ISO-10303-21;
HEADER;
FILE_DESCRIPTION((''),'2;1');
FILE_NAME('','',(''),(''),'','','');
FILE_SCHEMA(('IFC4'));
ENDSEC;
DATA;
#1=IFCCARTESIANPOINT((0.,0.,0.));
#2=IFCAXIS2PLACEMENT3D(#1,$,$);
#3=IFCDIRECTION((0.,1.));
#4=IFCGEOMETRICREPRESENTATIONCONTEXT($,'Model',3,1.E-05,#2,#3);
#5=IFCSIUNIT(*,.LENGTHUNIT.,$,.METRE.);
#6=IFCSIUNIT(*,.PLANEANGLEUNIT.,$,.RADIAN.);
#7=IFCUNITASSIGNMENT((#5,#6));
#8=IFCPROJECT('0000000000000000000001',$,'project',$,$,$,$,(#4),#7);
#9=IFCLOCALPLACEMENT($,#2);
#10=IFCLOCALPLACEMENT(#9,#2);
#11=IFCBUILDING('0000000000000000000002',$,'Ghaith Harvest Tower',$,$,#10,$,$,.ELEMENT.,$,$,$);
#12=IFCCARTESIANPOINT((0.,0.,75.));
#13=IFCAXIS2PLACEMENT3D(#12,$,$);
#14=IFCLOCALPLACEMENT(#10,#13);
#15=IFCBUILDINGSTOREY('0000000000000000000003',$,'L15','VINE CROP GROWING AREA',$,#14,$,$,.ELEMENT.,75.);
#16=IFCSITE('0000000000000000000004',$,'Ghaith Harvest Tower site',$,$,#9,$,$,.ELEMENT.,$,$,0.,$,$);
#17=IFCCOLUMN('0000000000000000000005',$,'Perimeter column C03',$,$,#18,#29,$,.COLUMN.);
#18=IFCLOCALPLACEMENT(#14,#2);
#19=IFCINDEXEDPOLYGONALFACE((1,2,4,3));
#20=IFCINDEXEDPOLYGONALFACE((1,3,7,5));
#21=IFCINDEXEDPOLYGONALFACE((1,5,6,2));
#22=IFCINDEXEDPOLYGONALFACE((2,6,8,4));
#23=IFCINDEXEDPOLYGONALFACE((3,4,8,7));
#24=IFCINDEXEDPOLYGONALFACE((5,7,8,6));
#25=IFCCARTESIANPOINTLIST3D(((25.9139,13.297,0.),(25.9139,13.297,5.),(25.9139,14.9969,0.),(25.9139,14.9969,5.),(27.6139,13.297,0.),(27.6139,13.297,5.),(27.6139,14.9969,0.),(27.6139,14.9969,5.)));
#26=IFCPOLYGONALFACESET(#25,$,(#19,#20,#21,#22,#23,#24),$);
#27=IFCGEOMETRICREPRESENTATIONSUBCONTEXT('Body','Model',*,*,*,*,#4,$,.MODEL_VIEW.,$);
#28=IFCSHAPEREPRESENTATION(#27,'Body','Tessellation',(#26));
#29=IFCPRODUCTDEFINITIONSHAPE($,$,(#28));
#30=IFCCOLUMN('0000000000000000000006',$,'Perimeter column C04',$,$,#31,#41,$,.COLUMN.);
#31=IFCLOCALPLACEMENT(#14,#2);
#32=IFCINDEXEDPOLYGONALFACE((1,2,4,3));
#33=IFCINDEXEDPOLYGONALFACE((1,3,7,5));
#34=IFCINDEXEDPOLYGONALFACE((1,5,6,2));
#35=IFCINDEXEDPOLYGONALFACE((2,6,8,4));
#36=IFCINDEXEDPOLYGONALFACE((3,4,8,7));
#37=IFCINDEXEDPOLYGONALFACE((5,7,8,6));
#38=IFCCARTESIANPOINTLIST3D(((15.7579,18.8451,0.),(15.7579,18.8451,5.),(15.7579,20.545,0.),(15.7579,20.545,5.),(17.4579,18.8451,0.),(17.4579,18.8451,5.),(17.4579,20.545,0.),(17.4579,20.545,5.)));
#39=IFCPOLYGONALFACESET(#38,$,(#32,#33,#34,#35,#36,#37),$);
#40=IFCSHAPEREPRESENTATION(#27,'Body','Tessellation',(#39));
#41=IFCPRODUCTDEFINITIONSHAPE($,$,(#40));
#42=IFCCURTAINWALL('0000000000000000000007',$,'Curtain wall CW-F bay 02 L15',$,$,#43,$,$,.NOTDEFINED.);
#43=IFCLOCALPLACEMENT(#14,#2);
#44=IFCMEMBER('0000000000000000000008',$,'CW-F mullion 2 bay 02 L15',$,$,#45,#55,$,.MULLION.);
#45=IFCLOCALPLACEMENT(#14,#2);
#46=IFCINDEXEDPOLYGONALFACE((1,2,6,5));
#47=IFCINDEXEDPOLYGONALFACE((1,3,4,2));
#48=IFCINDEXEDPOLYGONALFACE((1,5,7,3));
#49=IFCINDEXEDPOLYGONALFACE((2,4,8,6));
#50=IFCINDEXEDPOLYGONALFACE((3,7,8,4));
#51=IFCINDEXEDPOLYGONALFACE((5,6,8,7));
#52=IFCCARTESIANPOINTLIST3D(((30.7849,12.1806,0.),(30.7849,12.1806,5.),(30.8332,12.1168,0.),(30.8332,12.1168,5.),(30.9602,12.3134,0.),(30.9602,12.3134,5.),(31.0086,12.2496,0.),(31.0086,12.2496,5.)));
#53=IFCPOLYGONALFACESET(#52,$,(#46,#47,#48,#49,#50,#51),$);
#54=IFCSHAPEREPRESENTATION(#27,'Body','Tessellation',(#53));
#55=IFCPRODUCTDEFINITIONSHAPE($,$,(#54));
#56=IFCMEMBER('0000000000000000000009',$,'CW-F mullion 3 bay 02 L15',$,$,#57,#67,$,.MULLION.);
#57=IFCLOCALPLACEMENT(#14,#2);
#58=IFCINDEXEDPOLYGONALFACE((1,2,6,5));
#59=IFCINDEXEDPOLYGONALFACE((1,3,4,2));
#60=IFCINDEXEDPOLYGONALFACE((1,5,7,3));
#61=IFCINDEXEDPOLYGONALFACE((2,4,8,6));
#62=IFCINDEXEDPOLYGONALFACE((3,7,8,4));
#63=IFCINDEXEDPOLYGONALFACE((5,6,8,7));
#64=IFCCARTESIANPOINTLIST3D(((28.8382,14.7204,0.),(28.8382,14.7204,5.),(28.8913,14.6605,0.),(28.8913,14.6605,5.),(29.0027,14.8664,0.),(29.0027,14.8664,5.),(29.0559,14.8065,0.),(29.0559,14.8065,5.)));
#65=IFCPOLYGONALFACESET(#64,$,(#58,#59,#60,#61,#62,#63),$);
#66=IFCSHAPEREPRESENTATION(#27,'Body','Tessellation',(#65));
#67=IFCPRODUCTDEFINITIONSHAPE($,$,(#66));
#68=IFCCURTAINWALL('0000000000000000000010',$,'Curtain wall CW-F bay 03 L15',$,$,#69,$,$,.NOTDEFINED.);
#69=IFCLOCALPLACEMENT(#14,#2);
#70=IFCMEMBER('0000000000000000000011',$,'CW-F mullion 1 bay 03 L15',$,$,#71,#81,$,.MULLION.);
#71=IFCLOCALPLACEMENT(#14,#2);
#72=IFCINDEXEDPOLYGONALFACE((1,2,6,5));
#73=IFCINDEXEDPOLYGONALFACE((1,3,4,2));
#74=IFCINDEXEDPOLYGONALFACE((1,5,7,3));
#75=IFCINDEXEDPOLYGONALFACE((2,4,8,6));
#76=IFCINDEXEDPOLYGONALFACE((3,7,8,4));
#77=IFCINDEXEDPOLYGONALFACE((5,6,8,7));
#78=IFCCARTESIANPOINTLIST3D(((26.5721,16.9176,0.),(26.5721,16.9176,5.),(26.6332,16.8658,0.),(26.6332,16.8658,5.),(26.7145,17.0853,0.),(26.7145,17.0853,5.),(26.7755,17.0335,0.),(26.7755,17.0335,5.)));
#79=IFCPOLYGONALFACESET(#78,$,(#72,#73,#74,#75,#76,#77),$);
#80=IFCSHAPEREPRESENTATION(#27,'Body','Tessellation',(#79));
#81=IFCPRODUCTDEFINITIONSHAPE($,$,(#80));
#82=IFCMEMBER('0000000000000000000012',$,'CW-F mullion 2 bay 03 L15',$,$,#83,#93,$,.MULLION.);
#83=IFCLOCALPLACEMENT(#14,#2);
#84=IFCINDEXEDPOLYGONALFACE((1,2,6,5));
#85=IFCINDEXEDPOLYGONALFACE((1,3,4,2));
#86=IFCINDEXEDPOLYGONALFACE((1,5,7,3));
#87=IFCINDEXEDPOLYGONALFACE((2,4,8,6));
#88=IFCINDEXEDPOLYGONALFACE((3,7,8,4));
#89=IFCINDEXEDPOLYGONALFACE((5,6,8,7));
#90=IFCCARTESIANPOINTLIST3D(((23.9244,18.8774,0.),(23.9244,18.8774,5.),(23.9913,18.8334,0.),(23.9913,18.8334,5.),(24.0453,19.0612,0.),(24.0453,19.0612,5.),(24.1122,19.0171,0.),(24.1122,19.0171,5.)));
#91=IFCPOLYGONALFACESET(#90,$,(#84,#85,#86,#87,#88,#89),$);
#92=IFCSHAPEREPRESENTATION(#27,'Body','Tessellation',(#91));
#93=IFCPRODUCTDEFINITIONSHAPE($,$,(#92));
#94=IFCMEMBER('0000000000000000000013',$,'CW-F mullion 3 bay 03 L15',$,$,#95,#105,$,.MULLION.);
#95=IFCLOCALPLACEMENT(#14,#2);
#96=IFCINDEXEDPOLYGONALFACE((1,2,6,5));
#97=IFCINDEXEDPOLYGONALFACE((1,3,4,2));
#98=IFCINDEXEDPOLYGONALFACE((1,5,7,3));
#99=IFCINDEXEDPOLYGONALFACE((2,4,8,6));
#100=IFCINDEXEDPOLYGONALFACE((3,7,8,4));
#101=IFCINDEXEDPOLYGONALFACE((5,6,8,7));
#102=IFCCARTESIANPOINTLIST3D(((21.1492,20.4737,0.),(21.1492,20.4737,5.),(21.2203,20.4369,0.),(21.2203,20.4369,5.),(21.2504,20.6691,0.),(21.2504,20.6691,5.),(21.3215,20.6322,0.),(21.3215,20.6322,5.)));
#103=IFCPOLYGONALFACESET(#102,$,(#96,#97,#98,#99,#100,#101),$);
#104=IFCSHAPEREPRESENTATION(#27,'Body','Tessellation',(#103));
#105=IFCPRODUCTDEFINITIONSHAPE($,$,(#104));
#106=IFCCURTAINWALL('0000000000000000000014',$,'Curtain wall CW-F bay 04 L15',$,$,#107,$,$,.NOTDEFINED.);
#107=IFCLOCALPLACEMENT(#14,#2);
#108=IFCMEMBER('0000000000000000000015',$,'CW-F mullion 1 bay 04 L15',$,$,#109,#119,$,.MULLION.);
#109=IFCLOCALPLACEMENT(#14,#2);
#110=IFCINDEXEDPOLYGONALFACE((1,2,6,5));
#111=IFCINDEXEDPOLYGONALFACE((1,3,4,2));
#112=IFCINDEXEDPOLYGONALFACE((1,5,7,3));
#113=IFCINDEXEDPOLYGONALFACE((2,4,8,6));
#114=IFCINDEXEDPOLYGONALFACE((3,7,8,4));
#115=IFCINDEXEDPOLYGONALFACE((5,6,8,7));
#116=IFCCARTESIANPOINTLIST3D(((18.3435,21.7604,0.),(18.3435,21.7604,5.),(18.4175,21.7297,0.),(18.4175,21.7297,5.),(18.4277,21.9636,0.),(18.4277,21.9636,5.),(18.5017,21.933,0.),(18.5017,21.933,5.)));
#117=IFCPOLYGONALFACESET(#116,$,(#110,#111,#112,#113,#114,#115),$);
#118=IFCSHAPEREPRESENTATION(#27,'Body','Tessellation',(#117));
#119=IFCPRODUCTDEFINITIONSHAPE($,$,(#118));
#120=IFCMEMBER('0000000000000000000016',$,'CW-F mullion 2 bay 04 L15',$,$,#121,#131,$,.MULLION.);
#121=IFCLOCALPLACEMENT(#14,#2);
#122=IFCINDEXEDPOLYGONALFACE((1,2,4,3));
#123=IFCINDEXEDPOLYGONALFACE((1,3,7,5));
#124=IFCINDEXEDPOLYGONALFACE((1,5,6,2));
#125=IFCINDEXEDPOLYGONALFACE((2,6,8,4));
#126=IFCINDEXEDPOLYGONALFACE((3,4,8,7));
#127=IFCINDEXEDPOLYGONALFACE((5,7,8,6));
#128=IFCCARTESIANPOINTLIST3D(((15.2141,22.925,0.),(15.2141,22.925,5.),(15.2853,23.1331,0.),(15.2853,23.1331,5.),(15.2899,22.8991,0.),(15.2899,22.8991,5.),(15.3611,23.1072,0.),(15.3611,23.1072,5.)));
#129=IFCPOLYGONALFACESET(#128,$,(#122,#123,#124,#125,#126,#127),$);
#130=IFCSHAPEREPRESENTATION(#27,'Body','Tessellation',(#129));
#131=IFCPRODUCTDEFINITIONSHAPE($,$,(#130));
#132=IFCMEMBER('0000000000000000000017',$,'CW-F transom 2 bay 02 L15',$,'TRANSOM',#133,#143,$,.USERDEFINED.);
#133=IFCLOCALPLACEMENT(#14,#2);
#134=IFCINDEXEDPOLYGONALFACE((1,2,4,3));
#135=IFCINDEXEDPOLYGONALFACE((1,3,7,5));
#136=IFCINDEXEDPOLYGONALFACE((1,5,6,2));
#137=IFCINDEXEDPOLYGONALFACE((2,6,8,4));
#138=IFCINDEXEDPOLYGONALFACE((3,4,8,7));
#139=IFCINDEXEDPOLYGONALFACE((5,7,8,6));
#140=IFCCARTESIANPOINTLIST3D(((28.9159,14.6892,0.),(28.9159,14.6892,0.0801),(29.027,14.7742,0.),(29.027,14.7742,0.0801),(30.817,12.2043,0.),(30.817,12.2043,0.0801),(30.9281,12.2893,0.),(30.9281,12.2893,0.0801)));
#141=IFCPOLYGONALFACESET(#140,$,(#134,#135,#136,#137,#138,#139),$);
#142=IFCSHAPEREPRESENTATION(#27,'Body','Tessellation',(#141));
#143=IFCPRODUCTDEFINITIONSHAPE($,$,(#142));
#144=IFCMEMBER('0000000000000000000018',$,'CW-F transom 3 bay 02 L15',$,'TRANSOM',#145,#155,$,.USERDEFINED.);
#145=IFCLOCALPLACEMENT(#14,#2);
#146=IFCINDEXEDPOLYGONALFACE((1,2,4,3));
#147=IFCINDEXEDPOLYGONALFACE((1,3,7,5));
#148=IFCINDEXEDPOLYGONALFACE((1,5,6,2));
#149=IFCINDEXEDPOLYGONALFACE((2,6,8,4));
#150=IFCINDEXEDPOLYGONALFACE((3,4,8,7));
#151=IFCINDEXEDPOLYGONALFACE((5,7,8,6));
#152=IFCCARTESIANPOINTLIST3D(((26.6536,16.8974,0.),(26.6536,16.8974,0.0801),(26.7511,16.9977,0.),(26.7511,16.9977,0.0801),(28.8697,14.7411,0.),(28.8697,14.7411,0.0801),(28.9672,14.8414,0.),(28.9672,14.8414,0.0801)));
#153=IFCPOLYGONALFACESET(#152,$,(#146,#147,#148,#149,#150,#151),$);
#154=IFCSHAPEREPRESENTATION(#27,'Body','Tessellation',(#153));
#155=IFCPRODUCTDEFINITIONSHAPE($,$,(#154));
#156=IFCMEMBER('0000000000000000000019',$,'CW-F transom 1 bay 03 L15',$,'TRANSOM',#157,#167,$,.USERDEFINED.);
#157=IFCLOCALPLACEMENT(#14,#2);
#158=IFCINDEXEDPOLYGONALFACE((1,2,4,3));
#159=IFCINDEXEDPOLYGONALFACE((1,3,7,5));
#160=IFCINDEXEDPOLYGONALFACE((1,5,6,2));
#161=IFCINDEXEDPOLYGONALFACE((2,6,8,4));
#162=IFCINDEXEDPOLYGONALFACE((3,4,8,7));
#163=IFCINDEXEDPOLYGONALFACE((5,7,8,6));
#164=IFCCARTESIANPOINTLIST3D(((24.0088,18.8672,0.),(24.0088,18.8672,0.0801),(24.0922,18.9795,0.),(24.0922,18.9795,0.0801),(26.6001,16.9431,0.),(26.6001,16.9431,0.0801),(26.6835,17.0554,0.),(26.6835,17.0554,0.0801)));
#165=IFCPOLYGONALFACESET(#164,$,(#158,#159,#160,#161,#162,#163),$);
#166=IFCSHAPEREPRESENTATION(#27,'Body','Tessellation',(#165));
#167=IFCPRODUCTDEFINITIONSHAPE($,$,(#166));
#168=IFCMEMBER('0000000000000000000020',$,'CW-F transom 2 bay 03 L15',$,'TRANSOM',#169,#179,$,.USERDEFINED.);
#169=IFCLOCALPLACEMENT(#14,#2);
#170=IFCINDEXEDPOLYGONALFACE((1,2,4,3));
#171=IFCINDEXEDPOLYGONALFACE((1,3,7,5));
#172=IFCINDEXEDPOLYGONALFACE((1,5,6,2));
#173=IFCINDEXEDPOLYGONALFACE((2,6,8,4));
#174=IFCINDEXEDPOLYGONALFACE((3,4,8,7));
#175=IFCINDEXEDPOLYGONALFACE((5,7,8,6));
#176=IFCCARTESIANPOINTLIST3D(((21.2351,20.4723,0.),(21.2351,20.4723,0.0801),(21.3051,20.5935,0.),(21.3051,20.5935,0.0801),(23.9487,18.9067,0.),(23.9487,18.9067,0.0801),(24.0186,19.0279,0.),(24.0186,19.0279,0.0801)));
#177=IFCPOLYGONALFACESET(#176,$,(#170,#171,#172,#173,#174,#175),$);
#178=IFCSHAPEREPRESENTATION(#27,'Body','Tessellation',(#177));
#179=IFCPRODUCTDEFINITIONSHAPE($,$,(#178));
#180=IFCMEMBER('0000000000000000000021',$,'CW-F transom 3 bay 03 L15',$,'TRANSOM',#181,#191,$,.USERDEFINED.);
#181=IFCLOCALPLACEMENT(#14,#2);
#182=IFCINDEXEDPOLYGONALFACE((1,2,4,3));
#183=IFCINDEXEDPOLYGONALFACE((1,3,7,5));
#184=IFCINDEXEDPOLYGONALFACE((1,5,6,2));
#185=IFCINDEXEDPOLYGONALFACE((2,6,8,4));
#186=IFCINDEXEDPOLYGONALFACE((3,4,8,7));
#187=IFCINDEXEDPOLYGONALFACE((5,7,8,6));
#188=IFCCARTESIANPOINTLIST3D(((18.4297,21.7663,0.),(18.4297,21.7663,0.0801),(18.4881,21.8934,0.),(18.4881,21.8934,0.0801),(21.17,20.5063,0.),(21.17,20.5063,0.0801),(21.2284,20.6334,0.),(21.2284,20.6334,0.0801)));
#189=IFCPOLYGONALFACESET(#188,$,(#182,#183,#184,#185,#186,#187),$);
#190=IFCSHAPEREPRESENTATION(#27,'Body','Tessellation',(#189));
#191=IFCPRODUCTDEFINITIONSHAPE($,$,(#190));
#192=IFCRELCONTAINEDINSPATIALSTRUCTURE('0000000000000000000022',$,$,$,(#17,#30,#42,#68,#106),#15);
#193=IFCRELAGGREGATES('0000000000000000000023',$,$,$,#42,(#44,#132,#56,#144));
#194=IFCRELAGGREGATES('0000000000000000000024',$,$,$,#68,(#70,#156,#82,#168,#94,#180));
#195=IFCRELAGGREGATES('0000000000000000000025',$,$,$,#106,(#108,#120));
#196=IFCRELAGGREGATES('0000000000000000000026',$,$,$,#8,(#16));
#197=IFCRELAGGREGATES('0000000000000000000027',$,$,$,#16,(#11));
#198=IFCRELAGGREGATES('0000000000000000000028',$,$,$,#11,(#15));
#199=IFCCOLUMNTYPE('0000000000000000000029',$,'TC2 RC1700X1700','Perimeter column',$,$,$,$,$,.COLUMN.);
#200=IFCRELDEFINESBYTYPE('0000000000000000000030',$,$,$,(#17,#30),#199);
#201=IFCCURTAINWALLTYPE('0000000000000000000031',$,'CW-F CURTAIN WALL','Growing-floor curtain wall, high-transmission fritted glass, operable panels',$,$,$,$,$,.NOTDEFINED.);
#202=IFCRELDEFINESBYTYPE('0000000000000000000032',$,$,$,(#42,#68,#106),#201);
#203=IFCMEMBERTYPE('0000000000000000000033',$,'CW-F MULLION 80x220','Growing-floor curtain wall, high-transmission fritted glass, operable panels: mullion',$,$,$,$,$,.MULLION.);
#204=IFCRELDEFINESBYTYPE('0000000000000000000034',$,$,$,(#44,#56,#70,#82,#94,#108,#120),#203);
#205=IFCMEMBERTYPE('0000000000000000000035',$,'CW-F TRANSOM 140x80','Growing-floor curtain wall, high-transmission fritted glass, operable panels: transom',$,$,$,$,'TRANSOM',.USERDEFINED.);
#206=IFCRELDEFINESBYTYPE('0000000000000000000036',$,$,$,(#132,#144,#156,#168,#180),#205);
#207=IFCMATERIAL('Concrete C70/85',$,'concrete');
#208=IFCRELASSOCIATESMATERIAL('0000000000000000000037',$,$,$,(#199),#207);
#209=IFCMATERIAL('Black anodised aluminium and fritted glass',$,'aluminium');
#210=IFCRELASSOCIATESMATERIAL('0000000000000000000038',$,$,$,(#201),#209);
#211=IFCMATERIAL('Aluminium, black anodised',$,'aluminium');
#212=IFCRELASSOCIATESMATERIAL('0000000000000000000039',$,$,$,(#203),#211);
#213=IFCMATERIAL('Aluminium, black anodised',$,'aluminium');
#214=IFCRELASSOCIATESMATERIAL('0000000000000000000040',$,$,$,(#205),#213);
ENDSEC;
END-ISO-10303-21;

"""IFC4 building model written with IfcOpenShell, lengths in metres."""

from ifc_helpers import new_model, si_unit, direction, frame, origin, origin_2d, place, context, subcontext, project, spatial, rectangle, extrude, material, material_profile, profile_set, type_object, element, aggregate, save


model = new_model("IFC4")

# Units and contexts
model_context = context("Model", 3, precision=1e-05, world=origin(), true_north=direction((0.0, 1.0)))
body_context = subcontext(model_context, "Body", "Model", "MODEL_VIEW")
ifc_project = project(units=[si_unit("LENGTHUNIT", "METRE"), si_unit("PLANEANGLEUNIT", "RADIAN")], contexts=[model_context])

# Site, building, storey
site_placement = place(None, origin())
site = spatial("IfcSite", under=ifc_project, at=site_placement, Name="Ghaith Harvest Tower site", CompositionType="ELEMENT", RefElevation=0.0)
building_placement = place(site_placement, origin())
building = spatial("IfcBuilding", under=site, at=building_placement, Name="Ghaith Harvest Tower", CompositionType="ELEMENT")
storey_placement = place(building_placement, frame((0.0, 0.0, 75.0)))
storey = spatial("IfcBuildingStorey", under=building, at=storey_placement, Name="L15", Description="VINE CROP GROWING AREA", CompositionType="ELEMENT", Elevation=75.0)

# Columns
ifc_material_1 = material(Name="Concrete C70/85", Category="concrete")
ifc_material_profile_1 = material_profile(ifc_material_1, rectangle(XDim=1.7, YDim=1.7, at=origin_2d()), Name="RC1700X1700")
ifc_profile_set_1 = profile_set([ifc_material_profile_1], Name="Concrete C70/85")
column_type = type_object("IfcColumnType", Name="TC2 RC1700X1700", Description="Perimeter column", PredefinedType="COLUMN", material=ifc_profile_set_1)
for number, where, z_axis, x_axis, name in (
    (1, (26.7639, 14.147, 0.0), (0.0, 0.0, 1.0), (1.0, 0.0, 0.0), "Perimeter column C03"),
    (2, (16.6079, 19.6951, 0.0), (0.0, 0.0, 1.0), (1.0, 0.0, 0.0), "Perimeter column C04"),
):
    element("IfcColumn", number, at=place(storey_placement, frame(where, z_axis=z_axis, x_axis=x_axis)), inside=storey, type_object=column_type, Name=name, PredefinedType="COLUMN", context=body_context, shape_type="SweptSolid", body=[
        extrude(rectangle(XDim=1.7, YDim=1.7, at=origin_2d()), origin(), (0.0, 0.0, 1.0), 5.0),
    ])

# Curtain walls, members
ifc_material_2 = material(Name="Black anodised aluminium and fritted glass", Category="aluminium")
curtain_wall_type = type_object("IfcCurtainWallType", Name="CW-F CURTAIN WALL", Description="Growing-floor curtain wall, high-transmission fritted glass, operable panels", PredefinedType="NOTDEFINED", material=ifc_material_2)
curtain_wall_1_placement = place(storey_placement, origin())
curtain_wall_1 = element("IfcCurtainWall", 3, at=curtain_wall_1_placement, inside=storey, type_object=curtain_wall_type, Name="Curtain wall CW-F bay 02 L15", PredefinedType="NOTDEFINED")
ifc_material_3 = material(Name="Aluminium, black anodised", Category="aluminium")
ifc_material_profile_2 = material_profile(ifc_material_3, rectangle(XDim=0.0801, YDim=0.22, at=origin_2d()), Name="CW-F MULLION 80x220")
ifc_profile_set_2 = profile_set([ifc_material_profile_2], Name="Aluminium, black anodised")
member_type_1 = type_object("IfcMemberType", Name="CW-F MULLION 80x220", Description="Growing-floor curtain wall, high-transmission fritted glass, operable panels: mullion", PredefinedType="MULLION", material=ifc_profile_set_2)
member_1_placement = place(storey_placement, frame((30.8967, 12.2151, 0.0), z_axis=(0.0, 0.0, 1.0), x_axis=(-0.603948, 0.797023, 0.0)))
member_1 = element("IfcMember", 4, at=member_1_placement, type_object=member_type_1, Name="CW-F mullion 2 bay 02 L15", PredefinedType="MULLION", context=body_context, shape_type="SweptSolid", body=[
    extrude(rectangle(XDim=0.0801, YDim=0.22, at=origin_2d()), origin(), (0.0, 0.0, 1.0), 5.0),
])
member_2_placement = place(storey_placement, frame((28.947, 14.7634, 0.0), z_axis=(0.0, 0.0, 1.0), x_axis=(-0.663605, 0.748083, 0.0)))
member_2 = element("IfcMember", 5, at=member_2_placement, type_object=member_type_1, Name="CW-F mullion 3 bay 02 L15", PredefinedType="MULLION", context=body_context, shape_type="SweptSolid", body=[
    extrude(rectangle(XDim=0.0801, YDim=0.22, at=origin_2d()), origin(), (0.0, 0.0, 1.0), 5.0),
])
curtain_wall_2_placement = place(storey_placement, origin())
curtain_wall_2 = element("IfcCurtainWall", 6, at=curtain_wall_2_placement, inside=storey, type_object=curtain_wall_type, Name="Curtain wall CW-F bay 03 L15", PredefinedType="NOTDEFINED")
member_3_placement = place(storey_placement, frame((26.6738, 16.9756, 0.0), z_axis=(0.0, 0.0, 1.0), x_axis=(-0.762366, 0.647146, 0.0)))
member_3 = element("IfcMember", 7, at=member_3_placement, type_object=member_type_1, Name="CW-F mullion 1 bay 03 L15", PredefinedType="MULLION", context=body_context, shape_type="SweptSolid", body=[
    extrude(rectangle(XDim=0.0801, YDim=0.22, at=origin_2d()), origin(), (0.0, 0.0, 1.0), 5.0),
])
member_4_placement = place(storey_placement, frame((24.0183, 18.9473, 0.0), z_axis=(0.0, 0.0, 1.0), x_axis=(-0.835444, 0.549576, 0.0)))
member_4 = element("IfcMember", 8, at=member_4_placement, type_object=member_type_1, Name="CW-F mullion 2 bay 03 L15", PredefinedType="MULLION", context=body_context, shape_type="SweptSolid", body=[
    extrude(rectangle(XDim=0.0801, YDim=0.22, at=origin_2d()), origin(), (0.0, 0.0, 1.0), 5.0),
])
member_5_placement = place(storey_placement, frame((21.2354, 20.553, 0.0), z_axis=(0.0, 0.0, 1.0), x_axis=(-0.887897, 0.460043, 0.0)))
member_5 = element("IfcMember", 9, at=member_5_placement, type_object=member_type_1, Name="CW-F mullion 3 bay 03 L15", PredefinedType="MULLION", context=body_context, shape_type="SweptSolid", body=[
    extrude(rectangle(XDim=0.0801, YDim=0.22, at=origin_2d()), origin(), (0.0, 0.0, 1.0), 5.0),
])
curtain_wall_3_placement = place(storey_placement, origin())
curtain_wall_3 = element("IfcCurtainWall", 10, at=curtain_wall_3_placement, inside=storey, type_object=curtain_wall_type, Name="Curtain wall CW-F bay 04 L15", PredefinedType="NOTDEFINED")
member_6_placement = place(storey_placement, frame((18.4226, 21.8467, 0.0), z_axis=(0.0, 0.0, 1.0), x_axis=(-0.92391, 0.382609, 0.0)))
member_6 = element("IfcMember", 11, at=member_6_placement, type_object=member_type_1, Name="CW-F mullion 1 bay 04 L15", PredefinedType="MULLION", context=body_context, shape_type="SweptSolid", body=[
    extrude(rectangle(XDim=0.0801, YDim=0.22, at=origin_2d()), origin(), (0.0, 0.0, 1.0), 5.0),
])
member_7_placement = place(storey_placement, frame((15.2876, 23.0161, 0.0), z_axis=(0.0, 0.0, 1.0), x_axis=(-0.946121, 0.323813, 0.0)))
member_7 = element("IfcMember", 12, at=member_7_placement, type_object=member_type_1, Name="CW-F mullion 2 bay 04 L15", PredefinedType="MULLION", context=body_context, shape_type="SweptSolid", body=[
    extrude(rectangle(XDim=0.0801, YDim=0.22, at=origin_2d()), origin(), (0.0, 0.0, 1.0), 5.0),
])

# Members
ifc_material_4 = material(Name="Aluminium, black anodised", Category="aluminium")
ifc_material_profile_3 = material_profile(ifc_material_4, rectangle(XDim=0.1399, YDim=0.0801, at=origin_2d()), Name="CW-F TRANSOM 140x80")
ifc_profile_set_3 = profile_set([ifc_material_profile_3], Name="Aluminium, black anodised")
member_type_2 = type_object("IfcMemberType", Name="CW-F TRANSOM 140x80", Description="Growing-floor curtain wall, high-transmission fritted glass, operable panels: transom", ElementType="TRANSOM", PredefinedType="USERDEFINED", material=ifc_profile_set_3)
member_8_placement = place(storey_placement, frame((30.8726, 12.2468, 0.04), z_axis=(-0.607638, 0.794214, 0.0), x_axis=(-0.794214, -0.607638, 0.0)))
member_8 = element("IfcMember", 13, at=member_8_placement, type_object=member_type_2, Name="CW-F transom 2 bay 02 L15", ObjectType="TRANSOM", PredefinedType="USERDEFINED", context=body_context, shape_type="SweptSolid", body=[
    extrude(rectangle(XDim=0.1399, YDim=0.0801, at=origin_2d()), origin(), (0.0, 0.0, 1.0), 3.1287),
])
member_9_placement = place(storey_placement, frame((28.9185, 14.7913, 0.04), z_axis=(-0.716713, 0.697368, 0.0), x_axis=(-0.697368, -0.716713, 0.0)))
member_9 = element("IfcMember", 14, at=member_9_placement, type_object=member_type_2, Name="CW-F transom 3 bay 02 L15", ObjectType="TRANSOM", PredefinedType="USERDEFINED", context=body_context, shape_type="SweptSolid", body=[
    extrude(rectangle(XDim=0.1399, YDim=0.0801, at=origin_2d()), origin(), (0.0, 0.0, 1.0), 3.092),
])
member_10_placement = place(storey_placement, frame((26.6418, 16.9993, 0.04), z_axis=(-0.802877, 0.596144, 0.0), x_axis=(-0.596144, -0.802877, 0.0)))
member_10 = element("IfcMember", 15, at=member_10_placement, type_object=member_type_2, Name="CW-F transom 1 bay 03 L15", ObjectType="TRANSOM", PredefinedType="USERDEFINED", context=body_context, shape_type="SweptSolid", body=[
    extrude(rectangle(XDim=0.1399, YDim=0.0801, at=origin_2d()), origin(), (0.0, 0.0, 1.0), 3.2275),
])
member_11_placement = place(storey_placement, frame((23.9836, 18.9673, 0.04), z_axis=(-0.866169, 0.499752, 0.0), x_axis=(-0.499752, -0.866169, 0.0)))
member_11 = element("IfcMember", 16, at=member_11_placement, type_object=member_type_2, Name="CW-F transom 2 bay 03 L15", ObjectType="TRANSOM", PredefinedType="USERDEFINED", context=body_context, shape_type="SweptSolid", body=[
    extrude(rectangle(XDim=0.1399, YDim=0.0801, at=origin_2d()), origin(), (0.0, 0.0, 1.0), 3.1328),
])
member_12_placement = place(storey_placement, frame((21.1992, 20.5698, 0.04), z_axis=(-0.908553, 0.417769, 0.0), x_axis=(-0.417769, -0.908553, 0.0)))
member_12 = element("IfcMember", 17, at=member_12_placement, type_object=member_type_2, Name="CW-F transom 3 bay 03 L15", ObjectType="TRANSOM", PredefinedType="USERDEFINED", context=body_context, shape_type="SweptSolid", body=[
    extrude(rectangle(XDim=0.1399, YDim=0.0801, at=origin_2d()), origin(), (0.0, 0.0, 1.0), 3.0161),
])

aggregate(curtain_wall_1, [member_1, member_8, member_2, member_9])
aggregate(curtain_wall_2, [member_3, member_10, member_4, member_11, member_5, member_12])
aggregate(curtain_wall_3, [member_6, member_7])

save(model, "model.ifc")
